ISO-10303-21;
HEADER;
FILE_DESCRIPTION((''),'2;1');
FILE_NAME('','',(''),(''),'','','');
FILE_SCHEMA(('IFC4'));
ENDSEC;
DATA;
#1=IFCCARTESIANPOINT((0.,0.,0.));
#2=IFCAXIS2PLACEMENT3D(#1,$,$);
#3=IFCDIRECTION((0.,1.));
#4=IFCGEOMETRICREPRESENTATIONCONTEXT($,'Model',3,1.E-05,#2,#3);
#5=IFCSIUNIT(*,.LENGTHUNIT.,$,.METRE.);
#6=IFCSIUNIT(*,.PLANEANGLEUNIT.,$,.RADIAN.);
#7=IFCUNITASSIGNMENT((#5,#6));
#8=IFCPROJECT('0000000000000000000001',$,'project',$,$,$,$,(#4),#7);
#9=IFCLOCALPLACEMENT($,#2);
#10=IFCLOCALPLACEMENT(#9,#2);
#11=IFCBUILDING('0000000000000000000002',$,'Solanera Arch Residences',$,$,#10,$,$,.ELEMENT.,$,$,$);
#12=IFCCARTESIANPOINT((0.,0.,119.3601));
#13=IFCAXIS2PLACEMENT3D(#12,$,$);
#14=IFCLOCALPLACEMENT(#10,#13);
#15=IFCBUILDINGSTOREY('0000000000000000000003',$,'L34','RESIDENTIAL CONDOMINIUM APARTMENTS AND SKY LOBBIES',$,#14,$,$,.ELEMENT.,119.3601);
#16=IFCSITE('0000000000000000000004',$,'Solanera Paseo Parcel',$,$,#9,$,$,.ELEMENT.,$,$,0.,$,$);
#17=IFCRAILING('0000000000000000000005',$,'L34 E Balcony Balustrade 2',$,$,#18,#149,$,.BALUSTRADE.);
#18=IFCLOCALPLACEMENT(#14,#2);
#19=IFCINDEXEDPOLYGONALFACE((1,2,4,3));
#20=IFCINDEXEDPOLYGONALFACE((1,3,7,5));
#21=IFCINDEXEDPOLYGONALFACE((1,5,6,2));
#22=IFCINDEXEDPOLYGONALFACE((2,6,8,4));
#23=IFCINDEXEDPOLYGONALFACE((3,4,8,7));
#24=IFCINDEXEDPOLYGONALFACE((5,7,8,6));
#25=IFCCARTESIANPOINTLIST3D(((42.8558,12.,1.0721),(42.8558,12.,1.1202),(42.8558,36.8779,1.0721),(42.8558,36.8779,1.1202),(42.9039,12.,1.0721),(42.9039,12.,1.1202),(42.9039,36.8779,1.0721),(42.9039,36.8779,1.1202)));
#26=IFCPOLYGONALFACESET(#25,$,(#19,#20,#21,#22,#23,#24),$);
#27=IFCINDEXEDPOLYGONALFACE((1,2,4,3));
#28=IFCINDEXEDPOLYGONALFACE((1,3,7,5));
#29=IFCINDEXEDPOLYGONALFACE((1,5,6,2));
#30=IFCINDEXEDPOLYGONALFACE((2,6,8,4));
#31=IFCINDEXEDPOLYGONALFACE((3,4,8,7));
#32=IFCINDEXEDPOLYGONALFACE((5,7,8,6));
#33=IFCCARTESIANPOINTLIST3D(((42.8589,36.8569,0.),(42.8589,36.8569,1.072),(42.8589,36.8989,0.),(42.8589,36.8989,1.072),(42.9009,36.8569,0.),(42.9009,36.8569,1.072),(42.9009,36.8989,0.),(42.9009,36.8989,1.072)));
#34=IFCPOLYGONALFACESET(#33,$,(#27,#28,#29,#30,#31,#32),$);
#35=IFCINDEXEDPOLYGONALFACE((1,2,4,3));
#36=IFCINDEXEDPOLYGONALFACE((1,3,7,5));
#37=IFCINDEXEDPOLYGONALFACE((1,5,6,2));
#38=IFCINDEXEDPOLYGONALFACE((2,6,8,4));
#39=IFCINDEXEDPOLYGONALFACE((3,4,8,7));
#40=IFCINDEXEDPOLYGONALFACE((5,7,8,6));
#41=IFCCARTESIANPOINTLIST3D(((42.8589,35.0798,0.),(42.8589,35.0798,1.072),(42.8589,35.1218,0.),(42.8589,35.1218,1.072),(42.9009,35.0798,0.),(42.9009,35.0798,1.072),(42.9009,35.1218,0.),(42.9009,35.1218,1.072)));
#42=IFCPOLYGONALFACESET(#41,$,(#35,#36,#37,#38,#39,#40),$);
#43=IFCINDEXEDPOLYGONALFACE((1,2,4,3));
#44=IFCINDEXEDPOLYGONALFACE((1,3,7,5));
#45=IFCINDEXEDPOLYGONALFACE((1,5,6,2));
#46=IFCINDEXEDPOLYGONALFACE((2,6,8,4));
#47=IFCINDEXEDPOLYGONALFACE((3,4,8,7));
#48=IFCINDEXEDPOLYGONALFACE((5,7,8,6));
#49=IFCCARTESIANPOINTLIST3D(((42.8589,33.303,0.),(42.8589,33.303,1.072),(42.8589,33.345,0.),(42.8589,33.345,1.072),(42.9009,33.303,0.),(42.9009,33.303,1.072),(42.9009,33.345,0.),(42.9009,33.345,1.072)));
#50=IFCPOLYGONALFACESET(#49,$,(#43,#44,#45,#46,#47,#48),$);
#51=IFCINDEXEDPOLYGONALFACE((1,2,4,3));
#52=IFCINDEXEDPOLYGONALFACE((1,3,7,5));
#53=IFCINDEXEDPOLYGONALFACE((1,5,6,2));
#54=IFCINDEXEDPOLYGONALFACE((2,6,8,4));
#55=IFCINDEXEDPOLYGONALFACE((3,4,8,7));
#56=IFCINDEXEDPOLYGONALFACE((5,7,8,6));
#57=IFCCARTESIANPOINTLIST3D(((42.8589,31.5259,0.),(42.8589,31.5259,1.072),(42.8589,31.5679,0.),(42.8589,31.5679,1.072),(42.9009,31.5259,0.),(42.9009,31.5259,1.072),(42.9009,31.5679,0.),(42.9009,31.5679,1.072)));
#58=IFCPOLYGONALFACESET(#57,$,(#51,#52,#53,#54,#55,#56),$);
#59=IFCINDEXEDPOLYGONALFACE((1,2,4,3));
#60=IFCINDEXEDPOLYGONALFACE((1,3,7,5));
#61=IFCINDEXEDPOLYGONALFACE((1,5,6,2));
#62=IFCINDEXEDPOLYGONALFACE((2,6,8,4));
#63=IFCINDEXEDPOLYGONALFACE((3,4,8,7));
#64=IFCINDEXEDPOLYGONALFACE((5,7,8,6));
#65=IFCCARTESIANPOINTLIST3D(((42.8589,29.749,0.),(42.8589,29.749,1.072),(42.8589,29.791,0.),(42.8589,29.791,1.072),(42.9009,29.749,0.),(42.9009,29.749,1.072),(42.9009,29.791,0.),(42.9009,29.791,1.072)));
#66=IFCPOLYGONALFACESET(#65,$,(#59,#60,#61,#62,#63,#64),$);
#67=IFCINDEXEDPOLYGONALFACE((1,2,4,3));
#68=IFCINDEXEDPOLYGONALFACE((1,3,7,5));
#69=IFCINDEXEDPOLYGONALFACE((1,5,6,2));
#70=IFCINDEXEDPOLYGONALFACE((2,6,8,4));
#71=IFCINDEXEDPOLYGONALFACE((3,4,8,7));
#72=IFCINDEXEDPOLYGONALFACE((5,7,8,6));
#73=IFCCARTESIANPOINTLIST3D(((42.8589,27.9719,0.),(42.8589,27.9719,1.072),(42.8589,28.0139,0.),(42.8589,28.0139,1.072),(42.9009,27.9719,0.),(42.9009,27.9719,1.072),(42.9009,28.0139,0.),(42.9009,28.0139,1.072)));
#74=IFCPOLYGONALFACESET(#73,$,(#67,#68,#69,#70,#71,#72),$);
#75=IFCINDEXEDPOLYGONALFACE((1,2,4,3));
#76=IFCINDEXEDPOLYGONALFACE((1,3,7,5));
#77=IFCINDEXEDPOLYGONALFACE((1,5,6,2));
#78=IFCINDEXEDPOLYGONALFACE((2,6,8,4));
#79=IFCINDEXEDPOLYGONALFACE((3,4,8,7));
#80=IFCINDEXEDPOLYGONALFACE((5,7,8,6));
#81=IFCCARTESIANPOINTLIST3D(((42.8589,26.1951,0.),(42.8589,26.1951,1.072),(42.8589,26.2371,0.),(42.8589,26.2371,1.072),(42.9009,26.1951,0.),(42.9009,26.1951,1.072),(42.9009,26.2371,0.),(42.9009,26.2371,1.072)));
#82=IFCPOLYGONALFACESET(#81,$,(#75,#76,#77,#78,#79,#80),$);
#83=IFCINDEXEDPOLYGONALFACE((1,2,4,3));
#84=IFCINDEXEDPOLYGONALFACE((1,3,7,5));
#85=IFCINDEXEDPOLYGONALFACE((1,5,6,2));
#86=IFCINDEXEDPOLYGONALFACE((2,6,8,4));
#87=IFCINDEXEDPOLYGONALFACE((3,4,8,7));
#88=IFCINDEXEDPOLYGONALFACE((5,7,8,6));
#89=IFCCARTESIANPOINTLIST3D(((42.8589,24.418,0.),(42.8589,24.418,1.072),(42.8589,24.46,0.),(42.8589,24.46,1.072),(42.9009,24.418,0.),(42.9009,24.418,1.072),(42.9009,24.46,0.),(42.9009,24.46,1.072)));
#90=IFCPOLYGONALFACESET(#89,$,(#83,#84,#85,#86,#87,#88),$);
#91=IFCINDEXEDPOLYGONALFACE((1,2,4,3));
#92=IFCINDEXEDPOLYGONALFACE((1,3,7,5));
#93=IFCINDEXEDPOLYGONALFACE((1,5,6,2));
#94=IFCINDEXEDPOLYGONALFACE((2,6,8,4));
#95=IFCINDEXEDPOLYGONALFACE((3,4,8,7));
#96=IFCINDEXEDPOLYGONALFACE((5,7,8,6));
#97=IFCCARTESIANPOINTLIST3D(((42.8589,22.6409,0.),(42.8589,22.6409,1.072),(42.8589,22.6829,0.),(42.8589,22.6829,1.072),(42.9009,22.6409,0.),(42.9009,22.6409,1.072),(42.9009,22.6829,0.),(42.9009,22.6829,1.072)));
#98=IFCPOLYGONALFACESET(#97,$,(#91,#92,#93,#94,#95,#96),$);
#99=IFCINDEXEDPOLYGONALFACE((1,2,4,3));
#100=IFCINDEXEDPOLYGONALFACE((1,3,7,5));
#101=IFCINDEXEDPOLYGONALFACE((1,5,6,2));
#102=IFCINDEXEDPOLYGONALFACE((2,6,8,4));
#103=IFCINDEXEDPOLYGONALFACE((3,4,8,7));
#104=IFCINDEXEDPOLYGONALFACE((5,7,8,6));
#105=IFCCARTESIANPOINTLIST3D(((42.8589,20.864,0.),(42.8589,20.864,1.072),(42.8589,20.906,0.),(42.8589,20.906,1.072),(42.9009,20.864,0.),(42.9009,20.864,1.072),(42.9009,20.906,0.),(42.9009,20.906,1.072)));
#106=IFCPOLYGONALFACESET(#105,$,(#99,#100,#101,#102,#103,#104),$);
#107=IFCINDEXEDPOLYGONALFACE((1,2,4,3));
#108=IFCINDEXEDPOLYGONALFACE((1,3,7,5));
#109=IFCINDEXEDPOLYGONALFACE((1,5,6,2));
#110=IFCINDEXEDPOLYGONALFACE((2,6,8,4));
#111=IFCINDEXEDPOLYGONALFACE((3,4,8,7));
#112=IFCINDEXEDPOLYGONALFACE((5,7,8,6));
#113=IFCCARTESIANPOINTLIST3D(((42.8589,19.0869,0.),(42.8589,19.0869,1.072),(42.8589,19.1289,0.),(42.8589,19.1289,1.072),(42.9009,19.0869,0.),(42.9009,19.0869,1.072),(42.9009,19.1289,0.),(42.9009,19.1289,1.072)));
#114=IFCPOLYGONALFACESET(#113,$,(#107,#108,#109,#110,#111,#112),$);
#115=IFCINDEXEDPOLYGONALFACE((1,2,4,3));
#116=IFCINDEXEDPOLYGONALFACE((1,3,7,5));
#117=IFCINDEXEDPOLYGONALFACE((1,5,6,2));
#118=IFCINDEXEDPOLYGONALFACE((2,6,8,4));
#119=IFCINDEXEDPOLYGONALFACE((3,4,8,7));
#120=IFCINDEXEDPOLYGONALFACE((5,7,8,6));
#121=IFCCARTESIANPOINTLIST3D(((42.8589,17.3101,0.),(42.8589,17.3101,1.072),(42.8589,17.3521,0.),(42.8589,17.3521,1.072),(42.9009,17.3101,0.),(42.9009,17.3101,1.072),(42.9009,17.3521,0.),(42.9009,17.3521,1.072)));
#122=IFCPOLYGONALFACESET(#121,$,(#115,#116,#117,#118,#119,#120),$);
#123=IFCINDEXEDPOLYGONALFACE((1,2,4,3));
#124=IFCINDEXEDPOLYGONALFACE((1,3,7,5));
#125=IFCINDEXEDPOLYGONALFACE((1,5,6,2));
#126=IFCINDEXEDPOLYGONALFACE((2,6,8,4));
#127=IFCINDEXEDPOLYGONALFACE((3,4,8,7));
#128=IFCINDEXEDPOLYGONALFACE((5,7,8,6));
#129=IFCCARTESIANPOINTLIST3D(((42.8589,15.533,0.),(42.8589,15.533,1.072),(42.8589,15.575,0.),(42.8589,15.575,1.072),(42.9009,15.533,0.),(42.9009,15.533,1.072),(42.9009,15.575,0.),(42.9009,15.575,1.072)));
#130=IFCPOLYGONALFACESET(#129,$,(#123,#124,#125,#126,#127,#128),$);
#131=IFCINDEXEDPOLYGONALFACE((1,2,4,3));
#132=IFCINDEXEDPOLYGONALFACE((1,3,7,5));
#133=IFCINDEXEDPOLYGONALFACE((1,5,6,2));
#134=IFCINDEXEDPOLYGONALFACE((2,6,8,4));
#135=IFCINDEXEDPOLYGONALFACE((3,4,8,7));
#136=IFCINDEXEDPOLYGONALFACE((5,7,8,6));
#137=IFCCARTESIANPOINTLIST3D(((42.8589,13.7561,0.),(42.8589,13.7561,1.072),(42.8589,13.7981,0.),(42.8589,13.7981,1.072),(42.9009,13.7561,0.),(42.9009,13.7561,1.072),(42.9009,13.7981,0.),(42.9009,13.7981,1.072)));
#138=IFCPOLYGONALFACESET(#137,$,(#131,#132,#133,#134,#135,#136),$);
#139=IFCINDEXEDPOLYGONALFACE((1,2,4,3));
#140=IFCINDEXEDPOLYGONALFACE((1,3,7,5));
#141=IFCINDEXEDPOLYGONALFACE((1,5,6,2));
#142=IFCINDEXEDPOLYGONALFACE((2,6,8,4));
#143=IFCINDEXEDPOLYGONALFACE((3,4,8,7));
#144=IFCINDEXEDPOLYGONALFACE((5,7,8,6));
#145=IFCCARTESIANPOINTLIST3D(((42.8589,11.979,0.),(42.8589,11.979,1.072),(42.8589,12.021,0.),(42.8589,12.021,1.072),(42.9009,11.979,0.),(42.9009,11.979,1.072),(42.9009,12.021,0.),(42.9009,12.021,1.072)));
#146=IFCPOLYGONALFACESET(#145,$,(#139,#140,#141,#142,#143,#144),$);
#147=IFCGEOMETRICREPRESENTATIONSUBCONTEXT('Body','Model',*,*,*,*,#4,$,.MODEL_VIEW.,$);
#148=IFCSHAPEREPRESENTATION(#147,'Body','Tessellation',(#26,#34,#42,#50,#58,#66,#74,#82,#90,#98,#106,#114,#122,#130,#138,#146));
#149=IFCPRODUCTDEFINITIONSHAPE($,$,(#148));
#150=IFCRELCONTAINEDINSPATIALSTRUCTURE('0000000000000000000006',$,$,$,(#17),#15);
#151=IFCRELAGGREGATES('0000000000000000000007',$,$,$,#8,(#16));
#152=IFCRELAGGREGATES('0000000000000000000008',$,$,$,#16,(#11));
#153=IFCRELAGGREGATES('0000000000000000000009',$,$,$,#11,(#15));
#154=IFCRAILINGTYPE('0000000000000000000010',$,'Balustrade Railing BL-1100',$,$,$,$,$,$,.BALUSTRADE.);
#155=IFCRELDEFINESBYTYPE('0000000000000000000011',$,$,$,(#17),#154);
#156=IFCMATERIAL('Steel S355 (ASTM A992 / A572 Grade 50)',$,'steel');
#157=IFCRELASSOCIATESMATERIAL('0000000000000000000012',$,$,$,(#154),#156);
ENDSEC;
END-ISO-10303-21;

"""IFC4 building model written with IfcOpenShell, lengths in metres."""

from ifc_helpers import new_model, si_unit, direction, frame, origin, origin_2d, place, context, subcontext, project, spatial, rectangle, extrude, material, type_object, element, save


model = new_model("IFC4")

# Units and contexts
model_context = context("Model", 3, precision=1e-05, world=origin(), true_north=direction((0.0, 1.0)))
body_context = subcontext(model_context, "Body", "Model", "MODEL_VIEW")
ifc_project = project(units=[si_unit("LENGTHUNIT", "METRE"), si_unit("PLANEANGLEUNIT", "RADIAN")], contexts=[model_context])

# Site, building, storey
site_placement = place(None, origin())
site = spatial("IfcSite", under=ifc_project, at=site_placement, Name="Solanera Paseo Parcel", CompositionType="ELEMENT", RefElevation=0.0)
building_placement = place(site_placement, origin())
building = spatial("IfcBuilding", under=site, at=building_placement, Name="Solanera Arch Residences", CompositionType="ELEMENT")
storey_placement = place(building_placement, frame((0.0, 0.0, 119.3601)))
storey = spatial("IfcBuildingStorey", under=building, at=storey_placement, Name="L34", Description="RESIDENTIAL CONDOMINIUM APARTMENTS AND SKY LOBBIES", CompositionType="ELEMENT", Elevation=119.3601)

# Railing
ifc_material_1 = material(Name="Steel S355 (ASTM A992 / A572 Grade 50)", Category="steel")
railing_type = type_object("IfcRailingType", Name="Balustrade Railing BL-1100", PredefinedType="BALUSTRADE", material=ifc_material_1)
railing_1_placement = place(storey_placement, frame((42.8799, 36.8779, 0.0)))
element("IfcRailing", 1, at=railing_1_placement, inside=storey, type_object=railing_type, Name="L34 E Balcony Balustrade 2", PredefinedType="BALUSTRADE", context=body_context, shape_type="SweptSolid", body=[
    extrude(rectangle(XDim=0.0481, YDim=0.0481, at=origin_2d()), frame((0.0, 0.0, 1.0962), z_axis=(0.0, -1.0, 0.0), x_axis=(1.0, 0.0, 0.0)), (0.0, 0.0, 1.0), 24.8779),
    extrude(rectangle(XDim=0.042, YDim=0.042, at=origin_2d()), origin(), (0.0, 0.0, 1.0), 1.072),
    extrude(rectangle(XDim=0.042, YDim=0.042, at=origin_2d()), frame((0.0, -1.7771, 0.0)), (0.0, 0.0, 1.0), 1.072),
    extrude(rectangle(XDim=0.042, YDim=0.042, at=origin_2d()), frame((0.0, -3.554, 0.0)), (0.0, 0.0, 1.0), 1.072),
    extrude(rectangle(XDim=0.042, YDim=0.042, at=origin_2d()), frame((0.0, -5.3311, 0.0)), (0.0, 0.0, 1.0), 1.072),
    extrude(rectangle(XDim=0.042, YDim=0.042, at=origin_2d()), frame((0.0, -7.1079, 0.0)), (0.0, 0.0, 1.0), 1.072),
    extrude(rectangle(XDim=0.042, YDim=0.042, at=origin_2d()), frame((0.0, -8.885, 0.0)), (0.0, 0.0, 1.0), 1.072),
    extrude(rectangle(XDim=0.042, YDim=0.042, at=origin_2d()), frame((0.0, -10.6619, 0.0)), (0.0, 0.0, 1.0), 1.072),
    extrude(rectangle(XDim=0.042, YDim=0.042, at=origin_2d()), frame((0.0, -12.439, 0.0)), (0.0, 0.0, 1.0), 1.072),
    extrude(rectangle(XDim=0.042, YDim=0.042, at=origin_2d()), frame((0.0, -14.2161, 0.0)), (0.0, 0.0, 1.0), 1.072),
    extrude(rectangle(XDim=0.042, YDim=0.042, at=origin_2d()), frame((0.0, -15.9929, 0.0)), (0.0, 0.0, 1.0), 1.072),
    extrude(rectangle(XDim=0.042, YDim=0.042, at=origin_2d()), frame((0.0, -17.77, 0.0)), (0.0, 0.0, 1.0), 1.072),
    extrude(rectangle(XDim=0.042, YDim=0.042, at=origin_2d()), frame((0.0, -19.5469, 0.0)), (0.0, 0.0, 1.0), 1.072),
    extrude(rectangle(XDim=0.042, YDim=0.042, at=origin_2d()), frame((0.0, -21.324, 0.0)), (0.0, 0.0, 1.0), 1.072),
    extrude(rectangle(XDim=0.042, YDim=0.042, at=origin_2d()), frame((0.0, -23.1008, 0.0)), (0.0, 0.0, 1.0), 1.072),
    extrude(rectangle(XDim=0.042, YDim=0.042, at=origin_2d()), frame((0.0, -24.8779, 0.0)), (0.0, 0.0, 1.0), 1.072),
])

save(model, "model.ifc")
